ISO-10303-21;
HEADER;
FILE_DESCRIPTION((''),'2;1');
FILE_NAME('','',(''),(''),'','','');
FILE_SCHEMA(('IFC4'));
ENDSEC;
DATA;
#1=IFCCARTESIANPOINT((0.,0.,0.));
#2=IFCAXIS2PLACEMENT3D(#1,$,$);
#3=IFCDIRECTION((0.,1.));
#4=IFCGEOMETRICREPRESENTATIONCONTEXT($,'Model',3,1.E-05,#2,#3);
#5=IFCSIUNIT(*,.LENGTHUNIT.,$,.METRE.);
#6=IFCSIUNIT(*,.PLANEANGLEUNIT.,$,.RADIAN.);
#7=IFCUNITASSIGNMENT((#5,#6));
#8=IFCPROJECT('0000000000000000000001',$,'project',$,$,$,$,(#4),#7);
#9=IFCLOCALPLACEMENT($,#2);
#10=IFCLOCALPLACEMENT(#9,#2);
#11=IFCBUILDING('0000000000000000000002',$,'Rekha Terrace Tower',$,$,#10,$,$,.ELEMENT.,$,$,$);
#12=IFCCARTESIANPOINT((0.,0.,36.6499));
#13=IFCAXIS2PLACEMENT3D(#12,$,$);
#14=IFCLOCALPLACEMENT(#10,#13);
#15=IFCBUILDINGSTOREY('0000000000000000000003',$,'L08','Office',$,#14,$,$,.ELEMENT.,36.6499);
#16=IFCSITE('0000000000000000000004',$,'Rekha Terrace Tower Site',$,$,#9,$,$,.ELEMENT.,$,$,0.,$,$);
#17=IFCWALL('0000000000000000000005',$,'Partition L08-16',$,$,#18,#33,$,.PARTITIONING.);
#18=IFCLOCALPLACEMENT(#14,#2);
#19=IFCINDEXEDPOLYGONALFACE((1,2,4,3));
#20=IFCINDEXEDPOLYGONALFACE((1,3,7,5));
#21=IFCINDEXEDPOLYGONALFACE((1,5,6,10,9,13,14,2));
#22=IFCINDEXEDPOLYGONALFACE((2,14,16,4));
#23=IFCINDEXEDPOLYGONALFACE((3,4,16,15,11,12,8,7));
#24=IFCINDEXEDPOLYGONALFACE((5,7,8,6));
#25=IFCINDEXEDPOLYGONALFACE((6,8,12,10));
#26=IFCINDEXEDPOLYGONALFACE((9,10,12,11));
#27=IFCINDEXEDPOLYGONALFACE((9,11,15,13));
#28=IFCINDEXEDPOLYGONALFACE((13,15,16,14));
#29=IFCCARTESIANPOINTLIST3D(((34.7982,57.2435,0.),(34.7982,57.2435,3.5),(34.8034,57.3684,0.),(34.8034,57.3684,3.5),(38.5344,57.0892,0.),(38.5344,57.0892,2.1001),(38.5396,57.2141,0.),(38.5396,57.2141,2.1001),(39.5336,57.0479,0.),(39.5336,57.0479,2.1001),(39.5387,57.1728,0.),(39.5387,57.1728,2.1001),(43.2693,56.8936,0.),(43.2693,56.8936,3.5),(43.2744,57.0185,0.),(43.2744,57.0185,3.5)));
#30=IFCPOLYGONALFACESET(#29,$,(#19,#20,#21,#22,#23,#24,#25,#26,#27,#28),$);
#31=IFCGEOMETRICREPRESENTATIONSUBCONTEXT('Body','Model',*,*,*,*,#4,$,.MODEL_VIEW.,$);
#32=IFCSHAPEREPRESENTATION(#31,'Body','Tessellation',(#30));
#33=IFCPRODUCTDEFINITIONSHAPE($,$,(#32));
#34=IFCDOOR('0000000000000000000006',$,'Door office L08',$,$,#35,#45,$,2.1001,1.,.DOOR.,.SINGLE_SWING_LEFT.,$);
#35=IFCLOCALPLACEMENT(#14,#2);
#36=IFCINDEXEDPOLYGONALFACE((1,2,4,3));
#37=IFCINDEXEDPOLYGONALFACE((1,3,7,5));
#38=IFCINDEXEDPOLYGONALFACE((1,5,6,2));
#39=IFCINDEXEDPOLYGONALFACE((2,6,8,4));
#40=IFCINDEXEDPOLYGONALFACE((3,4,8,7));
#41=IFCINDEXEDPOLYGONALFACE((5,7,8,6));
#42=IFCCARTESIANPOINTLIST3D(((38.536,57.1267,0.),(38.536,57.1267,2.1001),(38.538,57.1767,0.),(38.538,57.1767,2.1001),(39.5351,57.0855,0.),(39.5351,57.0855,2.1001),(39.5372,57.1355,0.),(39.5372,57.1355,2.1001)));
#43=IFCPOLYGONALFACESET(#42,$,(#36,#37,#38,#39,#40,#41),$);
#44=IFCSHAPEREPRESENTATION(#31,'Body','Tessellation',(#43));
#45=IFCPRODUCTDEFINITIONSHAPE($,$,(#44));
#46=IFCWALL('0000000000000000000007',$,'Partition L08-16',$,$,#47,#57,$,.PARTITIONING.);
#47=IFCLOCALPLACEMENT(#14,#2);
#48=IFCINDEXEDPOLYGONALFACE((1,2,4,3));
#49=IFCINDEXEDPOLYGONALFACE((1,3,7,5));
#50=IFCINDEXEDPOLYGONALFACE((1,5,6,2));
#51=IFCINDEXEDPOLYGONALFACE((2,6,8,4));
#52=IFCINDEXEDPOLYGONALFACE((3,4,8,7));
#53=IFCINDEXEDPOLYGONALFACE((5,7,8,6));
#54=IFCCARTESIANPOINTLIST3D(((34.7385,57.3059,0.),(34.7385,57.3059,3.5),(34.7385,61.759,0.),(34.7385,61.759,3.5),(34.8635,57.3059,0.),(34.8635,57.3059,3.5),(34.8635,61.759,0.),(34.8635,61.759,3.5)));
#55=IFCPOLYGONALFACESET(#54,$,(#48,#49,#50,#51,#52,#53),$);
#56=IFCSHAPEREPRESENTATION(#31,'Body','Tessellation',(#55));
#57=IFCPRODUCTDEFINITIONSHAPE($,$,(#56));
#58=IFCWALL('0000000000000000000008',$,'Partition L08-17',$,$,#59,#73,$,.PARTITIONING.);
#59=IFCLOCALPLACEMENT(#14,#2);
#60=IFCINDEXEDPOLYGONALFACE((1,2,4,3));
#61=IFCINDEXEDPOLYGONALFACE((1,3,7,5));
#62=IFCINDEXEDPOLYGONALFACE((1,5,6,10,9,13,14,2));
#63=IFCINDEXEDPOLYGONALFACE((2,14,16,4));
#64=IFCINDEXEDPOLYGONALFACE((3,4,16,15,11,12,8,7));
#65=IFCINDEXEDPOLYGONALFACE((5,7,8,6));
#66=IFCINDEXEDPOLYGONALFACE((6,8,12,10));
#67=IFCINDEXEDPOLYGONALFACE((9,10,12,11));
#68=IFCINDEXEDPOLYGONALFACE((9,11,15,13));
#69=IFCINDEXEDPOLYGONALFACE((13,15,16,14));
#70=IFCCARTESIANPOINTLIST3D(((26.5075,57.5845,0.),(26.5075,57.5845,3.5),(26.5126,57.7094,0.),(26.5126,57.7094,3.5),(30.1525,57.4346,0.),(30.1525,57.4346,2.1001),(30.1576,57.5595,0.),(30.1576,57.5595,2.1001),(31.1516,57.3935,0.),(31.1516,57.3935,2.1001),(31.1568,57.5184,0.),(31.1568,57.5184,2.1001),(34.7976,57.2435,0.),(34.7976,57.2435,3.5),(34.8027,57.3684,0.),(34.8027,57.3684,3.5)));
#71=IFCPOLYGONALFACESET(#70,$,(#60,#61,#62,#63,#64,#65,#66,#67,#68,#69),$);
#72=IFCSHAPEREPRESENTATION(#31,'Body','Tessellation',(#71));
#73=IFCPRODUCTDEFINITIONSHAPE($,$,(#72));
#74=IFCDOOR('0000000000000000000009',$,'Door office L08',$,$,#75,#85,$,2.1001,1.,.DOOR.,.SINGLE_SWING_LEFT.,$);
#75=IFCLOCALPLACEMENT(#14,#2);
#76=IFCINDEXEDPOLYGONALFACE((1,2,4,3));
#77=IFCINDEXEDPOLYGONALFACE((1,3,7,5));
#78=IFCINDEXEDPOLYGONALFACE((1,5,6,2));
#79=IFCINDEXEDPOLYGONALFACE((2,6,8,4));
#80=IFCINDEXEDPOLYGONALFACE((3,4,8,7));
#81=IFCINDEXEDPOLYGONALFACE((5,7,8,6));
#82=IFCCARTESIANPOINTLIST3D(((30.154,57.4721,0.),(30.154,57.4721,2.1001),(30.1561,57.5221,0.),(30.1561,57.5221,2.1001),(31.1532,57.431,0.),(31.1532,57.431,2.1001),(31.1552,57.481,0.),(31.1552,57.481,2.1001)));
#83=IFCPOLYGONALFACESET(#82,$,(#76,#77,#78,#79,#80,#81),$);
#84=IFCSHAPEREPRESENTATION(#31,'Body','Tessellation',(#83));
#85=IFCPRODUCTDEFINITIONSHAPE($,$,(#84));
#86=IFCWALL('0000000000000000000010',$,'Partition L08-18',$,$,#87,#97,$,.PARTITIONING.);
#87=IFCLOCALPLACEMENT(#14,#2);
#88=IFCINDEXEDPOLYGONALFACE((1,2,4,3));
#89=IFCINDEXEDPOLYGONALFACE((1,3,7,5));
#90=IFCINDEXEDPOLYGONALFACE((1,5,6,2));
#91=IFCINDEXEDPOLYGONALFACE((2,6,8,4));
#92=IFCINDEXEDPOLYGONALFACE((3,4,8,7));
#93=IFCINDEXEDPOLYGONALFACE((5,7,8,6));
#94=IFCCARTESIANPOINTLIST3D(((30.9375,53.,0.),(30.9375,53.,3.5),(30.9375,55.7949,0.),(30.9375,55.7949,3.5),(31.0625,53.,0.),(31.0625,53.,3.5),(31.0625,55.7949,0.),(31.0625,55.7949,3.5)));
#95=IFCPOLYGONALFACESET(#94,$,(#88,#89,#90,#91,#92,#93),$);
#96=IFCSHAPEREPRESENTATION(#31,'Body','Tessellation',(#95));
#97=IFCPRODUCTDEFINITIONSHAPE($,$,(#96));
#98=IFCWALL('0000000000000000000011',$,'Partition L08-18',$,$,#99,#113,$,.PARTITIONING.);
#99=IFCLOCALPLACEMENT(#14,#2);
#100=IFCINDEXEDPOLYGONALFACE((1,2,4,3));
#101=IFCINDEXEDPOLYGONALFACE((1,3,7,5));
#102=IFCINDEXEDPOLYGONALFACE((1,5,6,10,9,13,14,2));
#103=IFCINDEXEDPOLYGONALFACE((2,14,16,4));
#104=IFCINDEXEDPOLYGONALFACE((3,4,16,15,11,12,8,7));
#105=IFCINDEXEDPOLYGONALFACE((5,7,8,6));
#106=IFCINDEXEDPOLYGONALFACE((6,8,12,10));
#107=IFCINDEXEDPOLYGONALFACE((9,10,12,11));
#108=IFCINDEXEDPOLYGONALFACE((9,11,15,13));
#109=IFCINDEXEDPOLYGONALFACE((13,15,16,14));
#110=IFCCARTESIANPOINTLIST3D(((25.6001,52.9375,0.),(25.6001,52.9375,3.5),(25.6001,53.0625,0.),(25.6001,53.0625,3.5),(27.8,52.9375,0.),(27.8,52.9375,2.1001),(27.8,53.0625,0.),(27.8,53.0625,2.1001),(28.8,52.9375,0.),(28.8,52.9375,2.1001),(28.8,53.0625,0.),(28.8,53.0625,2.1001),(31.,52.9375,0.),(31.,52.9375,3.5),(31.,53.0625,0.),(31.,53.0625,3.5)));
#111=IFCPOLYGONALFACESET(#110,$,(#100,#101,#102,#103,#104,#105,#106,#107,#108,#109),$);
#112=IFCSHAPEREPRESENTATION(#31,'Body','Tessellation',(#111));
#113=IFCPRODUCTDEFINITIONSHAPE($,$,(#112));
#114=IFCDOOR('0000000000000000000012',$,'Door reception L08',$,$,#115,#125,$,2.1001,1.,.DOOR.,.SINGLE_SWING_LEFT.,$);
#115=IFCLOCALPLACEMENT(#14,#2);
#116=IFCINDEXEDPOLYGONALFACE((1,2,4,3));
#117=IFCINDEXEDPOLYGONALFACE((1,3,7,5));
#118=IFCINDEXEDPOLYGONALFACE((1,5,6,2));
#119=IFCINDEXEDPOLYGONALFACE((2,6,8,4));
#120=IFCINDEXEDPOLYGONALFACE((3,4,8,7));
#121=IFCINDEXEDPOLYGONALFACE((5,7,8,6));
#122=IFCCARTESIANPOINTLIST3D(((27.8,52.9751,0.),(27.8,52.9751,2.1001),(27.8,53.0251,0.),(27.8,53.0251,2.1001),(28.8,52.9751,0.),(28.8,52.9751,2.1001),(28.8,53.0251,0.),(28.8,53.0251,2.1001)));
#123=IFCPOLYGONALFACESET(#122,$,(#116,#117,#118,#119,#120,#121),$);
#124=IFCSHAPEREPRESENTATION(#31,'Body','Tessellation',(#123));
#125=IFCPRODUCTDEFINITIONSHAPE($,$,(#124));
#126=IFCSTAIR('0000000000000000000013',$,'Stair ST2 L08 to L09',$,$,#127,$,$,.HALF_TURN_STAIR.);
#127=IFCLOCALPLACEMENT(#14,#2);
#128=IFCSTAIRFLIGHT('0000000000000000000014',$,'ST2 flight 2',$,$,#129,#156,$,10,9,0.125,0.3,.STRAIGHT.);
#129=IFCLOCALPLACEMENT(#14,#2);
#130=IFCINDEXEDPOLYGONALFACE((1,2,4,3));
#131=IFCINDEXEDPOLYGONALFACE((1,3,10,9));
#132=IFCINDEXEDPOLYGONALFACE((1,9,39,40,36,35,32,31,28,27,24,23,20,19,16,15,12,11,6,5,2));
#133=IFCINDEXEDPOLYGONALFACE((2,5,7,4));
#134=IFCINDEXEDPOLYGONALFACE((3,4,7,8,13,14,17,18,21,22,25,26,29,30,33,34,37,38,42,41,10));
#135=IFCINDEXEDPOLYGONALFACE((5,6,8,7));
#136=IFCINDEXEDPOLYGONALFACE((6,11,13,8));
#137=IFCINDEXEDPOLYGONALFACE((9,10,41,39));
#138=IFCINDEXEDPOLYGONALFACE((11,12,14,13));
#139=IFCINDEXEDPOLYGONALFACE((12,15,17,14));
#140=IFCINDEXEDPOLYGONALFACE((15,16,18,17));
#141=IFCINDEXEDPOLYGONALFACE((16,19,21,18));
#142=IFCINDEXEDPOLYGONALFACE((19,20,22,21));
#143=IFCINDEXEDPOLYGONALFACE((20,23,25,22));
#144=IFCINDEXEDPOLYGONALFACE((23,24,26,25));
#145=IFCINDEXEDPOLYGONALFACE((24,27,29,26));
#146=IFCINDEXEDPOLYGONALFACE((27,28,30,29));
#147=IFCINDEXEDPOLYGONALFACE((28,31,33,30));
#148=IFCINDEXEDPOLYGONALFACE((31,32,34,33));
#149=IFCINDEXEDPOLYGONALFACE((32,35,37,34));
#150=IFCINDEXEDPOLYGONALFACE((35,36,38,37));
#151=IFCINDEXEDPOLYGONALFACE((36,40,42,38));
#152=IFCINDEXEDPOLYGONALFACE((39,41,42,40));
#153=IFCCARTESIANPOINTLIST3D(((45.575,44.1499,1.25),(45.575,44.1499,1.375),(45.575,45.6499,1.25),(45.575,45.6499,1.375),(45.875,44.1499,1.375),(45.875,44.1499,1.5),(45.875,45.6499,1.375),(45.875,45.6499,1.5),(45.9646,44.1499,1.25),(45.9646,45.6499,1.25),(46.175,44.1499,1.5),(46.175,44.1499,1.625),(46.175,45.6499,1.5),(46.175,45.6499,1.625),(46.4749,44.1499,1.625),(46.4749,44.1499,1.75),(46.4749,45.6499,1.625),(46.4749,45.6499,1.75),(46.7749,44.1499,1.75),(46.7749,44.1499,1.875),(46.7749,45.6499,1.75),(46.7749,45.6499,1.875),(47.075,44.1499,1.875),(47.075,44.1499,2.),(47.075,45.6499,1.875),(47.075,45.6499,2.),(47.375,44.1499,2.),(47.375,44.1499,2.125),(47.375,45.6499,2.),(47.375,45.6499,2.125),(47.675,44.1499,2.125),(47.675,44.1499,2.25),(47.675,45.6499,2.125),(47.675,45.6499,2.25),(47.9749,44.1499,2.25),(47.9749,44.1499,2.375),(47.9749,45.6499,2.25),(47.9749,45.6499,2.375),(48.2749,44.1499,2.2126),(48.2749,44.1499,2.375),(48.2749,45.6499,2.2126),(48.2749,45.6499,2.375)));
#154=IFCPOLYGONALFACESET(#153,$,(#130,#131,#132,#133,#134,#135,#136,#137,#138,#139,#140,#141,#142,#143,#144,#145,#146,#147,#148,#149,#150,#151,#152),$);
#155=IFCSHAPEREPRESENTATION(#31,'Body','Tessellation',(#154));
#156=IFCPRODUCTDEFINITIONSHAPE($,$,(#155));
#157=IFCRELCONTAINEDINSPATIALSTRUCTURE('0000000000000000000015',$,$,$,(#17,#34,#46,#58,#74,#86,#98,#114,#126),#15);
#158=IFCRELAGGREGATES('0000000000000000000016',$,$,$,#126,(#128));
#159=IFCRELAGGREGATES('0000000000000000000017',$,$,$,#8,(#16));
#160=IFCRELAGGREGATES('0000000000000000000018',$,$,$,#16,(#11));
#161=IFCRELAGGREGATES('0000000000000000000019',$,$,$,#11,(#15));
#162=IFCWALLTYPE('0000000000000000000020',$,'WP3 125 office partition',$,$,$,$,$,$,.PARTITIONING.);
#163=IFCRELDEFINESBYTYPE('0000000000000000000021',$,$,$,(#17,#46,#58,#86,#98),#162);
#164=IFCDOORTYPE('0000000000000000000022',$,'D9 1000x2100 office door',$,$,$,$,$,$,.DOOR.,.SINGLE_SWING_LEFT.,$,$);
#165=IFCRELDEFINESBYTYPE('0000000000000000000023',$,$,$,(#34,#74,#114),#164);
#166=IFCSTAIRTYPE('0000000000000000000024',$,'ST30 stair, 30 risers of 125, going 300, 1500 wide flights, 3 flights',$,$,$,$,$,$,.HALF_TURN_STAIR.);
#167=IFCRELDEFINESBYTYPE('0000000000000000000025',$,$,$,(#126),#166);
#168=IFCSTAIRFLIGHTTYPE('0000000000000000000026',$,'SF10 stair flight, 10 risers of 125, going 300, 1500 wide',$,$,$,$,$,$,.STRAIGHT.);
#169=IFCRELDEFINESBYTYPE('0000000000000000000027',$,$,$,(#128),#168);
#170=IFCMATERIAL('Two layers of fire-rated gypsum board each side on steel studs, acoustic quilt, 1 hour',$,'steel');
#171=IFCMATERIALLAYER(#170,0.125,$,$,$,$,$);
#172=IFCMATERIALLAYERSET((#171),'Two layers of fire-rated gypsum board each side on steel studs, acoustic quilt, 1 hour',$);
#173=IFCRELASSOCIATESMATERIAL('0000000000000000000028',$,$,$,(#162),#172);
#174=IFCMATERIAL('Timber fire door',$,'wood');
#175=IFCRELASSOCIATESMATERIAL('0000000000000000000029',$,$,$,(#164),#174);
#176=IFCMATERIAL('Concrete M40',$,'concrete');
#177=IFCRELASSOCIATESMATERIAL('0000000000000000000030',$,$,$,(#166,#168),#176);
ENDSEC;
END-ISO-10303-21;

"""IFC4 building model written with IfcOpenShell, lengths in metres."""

from ifc_helpers import new_model, si_unit, direction, frame, frame_2d, origin, place, context, subcontext, project, spatial, polyline, rectangle, outline, extrude, material, layer, layer_set, type_object, element, fill, aggregate, save


model = new_model("IFC4")

# Units and contexts
model_context = context("Model", 3, precision=1e-05, world=origin(), true_north=direction((0.0, 1.0)))
body_context = subcontext(model_context, "Body", "Model", "MODEL_VIEW")
ifc_project = project(units=[si_unit("LENGTHUNIT", "METRE"), si_unit("PLANEANGLEUNIT", "RADIAN")], contexts=[model_context])

# Site, building, storey
site_placement = place(None, origin())
site = spatial("IfcSite", under=ifc_project, at=site_placement, Name="Rekha Terrace Tower Site", CompositionType="ELEMENT", RefElevation=0.0)
building_placement = place(site_placement, origin())
building = spatial("IfcBuilding", under=site, at=building_placement, Name="Rekha Terrace Tower", CompositionType="ELEMENT")
storey_placement = place(building_placement, frame((0.0, 0.0, 36.6499)))
storey = spatial("IfcBuildingStorey", under=building, at=storey_placement, Name="L08", Description="Office", CompositionType="ELEMENT", Elevation=36.6499)

# Shared definitions
ifc_material_1 = material(Name="Two layers of fire-rated gypsum board each side on steel studs, acoustic quilt, 1 hour", Category="steel")
ifc_layer_1 = layer(ifc_material_1, 0.125)
ifc_layer_set_1 = layer_set([ifc_layer_1], Name="Two layers of fire-rated gypsum board each side on steel studs, acoustic quilt, 1 hour")
wall_type_1 = type_object("IfcWallType", Name="WP3 125 office partition", PredefinedType="PARTITIONING", material=ifc_layer_set_1)

# Wall, opening, door
wall_1_placement = place(storey_placement, frame((43.272, 56.9561, 0.0), z_axis=(0.0, 0.0, 1.0), x_axis=(-0.999148, 0.041265, 0.0)))
wall_1 = element("IfcWall", 1, at=wall_1_placement, inside=storey, type_object=wall_type_1, Name="Partition L08-16", PredefinedType="PARTITIONING", context=body_context, shape_type="SweptSolid", body=[
    extrude(rectangle(XDim=8.4783, YDim=0.125, at=frame_2d((4.2393, 0.0))), origin(), (0.0, 0.0, 1.0), 3.5),
])
opening_1_placement = place(wall_1_placement, frame((3.739, 0.0, 0.0)))
opening_1 = element("IfcOpeningElement", 2, at=opening_1_placement, cuts=wall_1, PredefinedType="OPENING", context=body_context, shape_type="SweptSolid", body=[
    extrude(rectangle(XDim=1.0, YDim=2.1001, at=frame_2d((0.5, 1.05))), frame((0.0, 0.0725, 0.0), z_axis=(0.0, -1.0, 0.0), x_axis=(1.0, 0.0, 0.0)), (0.0, 0.0, 1.0), 0.145),
])
ifc_material_2 = material(Name="Timber fire door", Category="wood")
door_type_1 = type_object("IfcDoorType", Name="D9 1000x2100 office door", OperationType="SINGLE_SWING_LEFT", PredefinedType="DOOR", material=ifc_material_2)
door_1_placement = place(opening_1_placement, origin())
door_1 = element("IfcDoor", 3, at=door_1_placement, inside=storey, type_object=door_type_1, Name="Door office L08", OperationType="SINGLE_SWING_LEFT", OverallHeight=2.1001, OverallWidth=1.0, PredefinedType="DOOR", context=body_context, shape_type="SweptSolid", body=[
    extrude(rectangle(XDim=1.0, YDim=2.1001, at=frame_2d((0.5, 1.05))), frame((0.0, 0.0249, 0.0), z_axis=(0.0, -1.0, 0.0), x_axis=(1.0, 0.0, 0.0)), (0.0, 0.0, 1.0), 0.05),
])
fill(opening_1, door_1)

# Wall
wall_2_placement = place(storey_placement, frame((34.801, 57.3059, 0.0), z_axis=(0.0, 0.0, 1.0), x_axis=(0.0, 1.0, 0.0)))
element("IfcWall", 4, at=wall_2_placement, inside=storey, type_object=wall_type_1, Name="Partition L08-16", PredefinedType="PARTITIONING", context=body_context, shape_type="SweptSolid", body=[
    extrude(rectangle(XDim=4.4531, YDim=0.125, at=frame_2d((2.2266, 0.0))), origin(), (0.0, 0.0, 1.0), 3.5),
])

# Wall, opening, door
wall_3_placement = place(storey_placement, frame((34.8, 57.3059, 0.0), z_axis=(0.0, 0.0, 1.0), x_axis=(-0.999155, 0.041107, 0.0)))
wall_3 = element("IfcWall", 5, at=wall_3_placement, inside=storey, type_object=wall_type_1, Name="Partition L08-17", PredefinedType="PARTITIONING", context=body_context, shape_type="SweptSolid", body=[
    extrude(rectangle(XDim=8.2971, YDim=0.125, at=frame_2d((4.1484, 0.0))), origin(), (0.0, 0.0, 1.0), 3.5),
])
opening_2_placement = place(wall_3_placement, frame((3.6489, 0.0, 0.0)))
opening_2 = element("IfcOpeningElement", 6, at=opening_2_placement, cuts=wall_3, PredefinedType="OPENING", context=body_context, shape_type="SweptSolid", body=[
    extrude(rectangle(XDim=1.0, YDim=2.1001, at=frame_2d((0.5, 1.05))), frame((0.0, 0.0725, 0.0), z_axis=(0.0, -1.0, 0.0), x_axis=(1.0, 0.0, 0.0)), (0.0, 0.0, 1.0), 0.145),
])
door_2_placement = place(opening_2_placement, origin())
door_2 = element("IfcDoor", 7, at=door_2_placement, inside=storey, type_object=door_type_1, Name="Door office L08", OperationType="SINGLE_SWING_LEFT", OverallHeight=2.1001, OverallWidth=1.0, PredefinedType="DOOR", context=body_context, shape_type="SweptSolid", body=[
    extrude(rectangle(XDim=1.0, YDim=2.1001, at=frame_2d((0.5, 1.05))), frame((0.0, 0.0249, 0.0), z_axis=(0.0, -1.0, 0.0), x_axis=(1.0, 0.0, 0.0)), (0.0, 0.0, 1.0), 0.05),
])
fill(opening_2, door_2)

# Wall
wall_4_placement = place(storey_placement, frame((31.0, 55.7949, 0.0), z_axis=(0.0, 0.0, 1.0), x_axis=(0.0, -1.0, 0.0)))
element("IfcWall", 8, at=wall_4_placement, inside=storey, type_object=wall_type_1, Name="Partition L08-18", PredefinedType="PARTITIONING", context=body_context, shape_type="SweptSolid", body=[
    extrude(rectangle(XDim=2.7949, YDim=0.125, at=frame_2d((1.3975, 0.0))), origin(), (0.0, 0.0, 1.0), 3.5),
])

# Wall, opening, door
wall_5_placement = place(storey_placement, frame((31.0, 53.0, 0.0), z_axis=(0.0, 0.0, 1.0), x_axis=(-1.0, 0.0, 0.0)))
wall_5 = element("IfcWall", 9, at=wall_5_placement, inside=storey, type_object=wall_type_1, Name="Partition L08-18", PredefinedType="PARTITIONING", context=body_context, shape_type="SweptSolid", body=[
    extrude(rectangle(XDim=5.3999, YDim=0.125, at=frame_2d((2.7, 0.0))), origin(), (0.0, 0.0, 1.0), 3.5),
])
opening_3_placement = place(wall_5_placement, frame((2.2, 0.0, 0.0)))
opening_3 = element("IfcOpeningElement", 10, at=opening_3_placement, cuts=wall_5, PredefinedType="OPENING", context=body_context, shape_type="SweptSolid", body=[
    extrude(rectangle(XDim=1.0, YDim=2.1001, at=frame_2d((0.5, 1.05))), frame((0.0, 0.0725, 0.0), z_axis=(0.0, -1.0, 0.0), x_axis=(1.0, 0.0, 0.0)), (0.0, 0.0, 1.0), 0.145),
])
door_3_placement = place(opening_3_placement, origin())
door_3 = element("IfcDoor", 11, at=door_3_placement, inside=storey, type_object=door_type_1, Name="Door reception L08", OperationType="SINGLE_SWING_LEFT", OverallHeight=2.1001, OverallWidth=1.0, PredefinedType="DOOR", context=body_context, shape_type="SweptSolid", body=[
    extrude(rectangle(XDim=1.0, YDim=2.1001, at=frame_2d((0.5, 1.05))), frame((0.0, 0.0249, 0.0), z_axis=(0.0, -1.0, 0.0), x_axis=(1.0, 0.0, 0.0)), (0.0, 0.0, 1.0), 0.05),
])
fill(opening_3, door_3)

# Stair, stair flight
ifc_material_3 = material(Name="Concrete M40", Category="concrete")
stair_type = type_object("IfcStairType", Name="ST30 stair, 30 risers of 125, going 300, 1500 wide flights, 3 flights", PredefinedType="HALF_TURN_STAIR", material=ifc_material_3)
stair_placement = place(storey_placement, origin())
stair = element("IfcStair", 12, at=stair_placement, inside=storey, type_object=stair_type, Name="Stair ST2 L08 to L09", PredefinedType="HALF_TURN_STAIR")
stair_flight_type = type_object("IfcStairFlightType", Name="SF10 stair flight, 10 risers of 125, going 300, 1500 wide", PredefinedType="STRAIGHT", material=ifc_material_3)
stair_flight_placement = place(storey_placement, frame((45.575, 44.8999, 1.25), z_axis=(0.0, 0.0, 1.0), x_axis=(1.0, 0.0, 0.0)))
stair_flight = element("IfcStairFlight", 13, at=stair_flight_placement, type_object=stair_flight_type, Name="ST2 flight 2", NumberOfRisers=10, NumberOfTreads=9, PredefinedType="STRAIGHT", RiserHeight=0.125, TreadLength=0.3, context=body_context, shape_type="SweptSolid", body=[
    extrude(outline(polyline([(0.0, 0.0), (0.0, 0.125), (0.3, 0.125), (0.3, 0.25), (0.6001, 0.25), (0.6001, 0.375), (0.8999, 0.375), (0.8999, 0.5), (1.2, 0.5), (1.2, 0.625), (1.5, 0.625), (1.5, 0.75), (1.8, 0.75), (1.8, 0.875), (2.1001, 0.875), (2.1001, 1.0), (2.3999, 1.0), (2.3999, 1.125), (2.7, 1.125), (2.7, 1.25), (2.7, 0.9626), (0.3896, 0.0), (0.0, 0.0)])), frame((0.0, 0.75, 0.0), z_axis=(0.0, -1.0, 0.0), x_axis=(1.0, 0.0, 0.0)), (0.0, 0.0, 1.0), 1.5),
])
aggregate(stair, [stair_flight])

save(model, "model.ifc")
